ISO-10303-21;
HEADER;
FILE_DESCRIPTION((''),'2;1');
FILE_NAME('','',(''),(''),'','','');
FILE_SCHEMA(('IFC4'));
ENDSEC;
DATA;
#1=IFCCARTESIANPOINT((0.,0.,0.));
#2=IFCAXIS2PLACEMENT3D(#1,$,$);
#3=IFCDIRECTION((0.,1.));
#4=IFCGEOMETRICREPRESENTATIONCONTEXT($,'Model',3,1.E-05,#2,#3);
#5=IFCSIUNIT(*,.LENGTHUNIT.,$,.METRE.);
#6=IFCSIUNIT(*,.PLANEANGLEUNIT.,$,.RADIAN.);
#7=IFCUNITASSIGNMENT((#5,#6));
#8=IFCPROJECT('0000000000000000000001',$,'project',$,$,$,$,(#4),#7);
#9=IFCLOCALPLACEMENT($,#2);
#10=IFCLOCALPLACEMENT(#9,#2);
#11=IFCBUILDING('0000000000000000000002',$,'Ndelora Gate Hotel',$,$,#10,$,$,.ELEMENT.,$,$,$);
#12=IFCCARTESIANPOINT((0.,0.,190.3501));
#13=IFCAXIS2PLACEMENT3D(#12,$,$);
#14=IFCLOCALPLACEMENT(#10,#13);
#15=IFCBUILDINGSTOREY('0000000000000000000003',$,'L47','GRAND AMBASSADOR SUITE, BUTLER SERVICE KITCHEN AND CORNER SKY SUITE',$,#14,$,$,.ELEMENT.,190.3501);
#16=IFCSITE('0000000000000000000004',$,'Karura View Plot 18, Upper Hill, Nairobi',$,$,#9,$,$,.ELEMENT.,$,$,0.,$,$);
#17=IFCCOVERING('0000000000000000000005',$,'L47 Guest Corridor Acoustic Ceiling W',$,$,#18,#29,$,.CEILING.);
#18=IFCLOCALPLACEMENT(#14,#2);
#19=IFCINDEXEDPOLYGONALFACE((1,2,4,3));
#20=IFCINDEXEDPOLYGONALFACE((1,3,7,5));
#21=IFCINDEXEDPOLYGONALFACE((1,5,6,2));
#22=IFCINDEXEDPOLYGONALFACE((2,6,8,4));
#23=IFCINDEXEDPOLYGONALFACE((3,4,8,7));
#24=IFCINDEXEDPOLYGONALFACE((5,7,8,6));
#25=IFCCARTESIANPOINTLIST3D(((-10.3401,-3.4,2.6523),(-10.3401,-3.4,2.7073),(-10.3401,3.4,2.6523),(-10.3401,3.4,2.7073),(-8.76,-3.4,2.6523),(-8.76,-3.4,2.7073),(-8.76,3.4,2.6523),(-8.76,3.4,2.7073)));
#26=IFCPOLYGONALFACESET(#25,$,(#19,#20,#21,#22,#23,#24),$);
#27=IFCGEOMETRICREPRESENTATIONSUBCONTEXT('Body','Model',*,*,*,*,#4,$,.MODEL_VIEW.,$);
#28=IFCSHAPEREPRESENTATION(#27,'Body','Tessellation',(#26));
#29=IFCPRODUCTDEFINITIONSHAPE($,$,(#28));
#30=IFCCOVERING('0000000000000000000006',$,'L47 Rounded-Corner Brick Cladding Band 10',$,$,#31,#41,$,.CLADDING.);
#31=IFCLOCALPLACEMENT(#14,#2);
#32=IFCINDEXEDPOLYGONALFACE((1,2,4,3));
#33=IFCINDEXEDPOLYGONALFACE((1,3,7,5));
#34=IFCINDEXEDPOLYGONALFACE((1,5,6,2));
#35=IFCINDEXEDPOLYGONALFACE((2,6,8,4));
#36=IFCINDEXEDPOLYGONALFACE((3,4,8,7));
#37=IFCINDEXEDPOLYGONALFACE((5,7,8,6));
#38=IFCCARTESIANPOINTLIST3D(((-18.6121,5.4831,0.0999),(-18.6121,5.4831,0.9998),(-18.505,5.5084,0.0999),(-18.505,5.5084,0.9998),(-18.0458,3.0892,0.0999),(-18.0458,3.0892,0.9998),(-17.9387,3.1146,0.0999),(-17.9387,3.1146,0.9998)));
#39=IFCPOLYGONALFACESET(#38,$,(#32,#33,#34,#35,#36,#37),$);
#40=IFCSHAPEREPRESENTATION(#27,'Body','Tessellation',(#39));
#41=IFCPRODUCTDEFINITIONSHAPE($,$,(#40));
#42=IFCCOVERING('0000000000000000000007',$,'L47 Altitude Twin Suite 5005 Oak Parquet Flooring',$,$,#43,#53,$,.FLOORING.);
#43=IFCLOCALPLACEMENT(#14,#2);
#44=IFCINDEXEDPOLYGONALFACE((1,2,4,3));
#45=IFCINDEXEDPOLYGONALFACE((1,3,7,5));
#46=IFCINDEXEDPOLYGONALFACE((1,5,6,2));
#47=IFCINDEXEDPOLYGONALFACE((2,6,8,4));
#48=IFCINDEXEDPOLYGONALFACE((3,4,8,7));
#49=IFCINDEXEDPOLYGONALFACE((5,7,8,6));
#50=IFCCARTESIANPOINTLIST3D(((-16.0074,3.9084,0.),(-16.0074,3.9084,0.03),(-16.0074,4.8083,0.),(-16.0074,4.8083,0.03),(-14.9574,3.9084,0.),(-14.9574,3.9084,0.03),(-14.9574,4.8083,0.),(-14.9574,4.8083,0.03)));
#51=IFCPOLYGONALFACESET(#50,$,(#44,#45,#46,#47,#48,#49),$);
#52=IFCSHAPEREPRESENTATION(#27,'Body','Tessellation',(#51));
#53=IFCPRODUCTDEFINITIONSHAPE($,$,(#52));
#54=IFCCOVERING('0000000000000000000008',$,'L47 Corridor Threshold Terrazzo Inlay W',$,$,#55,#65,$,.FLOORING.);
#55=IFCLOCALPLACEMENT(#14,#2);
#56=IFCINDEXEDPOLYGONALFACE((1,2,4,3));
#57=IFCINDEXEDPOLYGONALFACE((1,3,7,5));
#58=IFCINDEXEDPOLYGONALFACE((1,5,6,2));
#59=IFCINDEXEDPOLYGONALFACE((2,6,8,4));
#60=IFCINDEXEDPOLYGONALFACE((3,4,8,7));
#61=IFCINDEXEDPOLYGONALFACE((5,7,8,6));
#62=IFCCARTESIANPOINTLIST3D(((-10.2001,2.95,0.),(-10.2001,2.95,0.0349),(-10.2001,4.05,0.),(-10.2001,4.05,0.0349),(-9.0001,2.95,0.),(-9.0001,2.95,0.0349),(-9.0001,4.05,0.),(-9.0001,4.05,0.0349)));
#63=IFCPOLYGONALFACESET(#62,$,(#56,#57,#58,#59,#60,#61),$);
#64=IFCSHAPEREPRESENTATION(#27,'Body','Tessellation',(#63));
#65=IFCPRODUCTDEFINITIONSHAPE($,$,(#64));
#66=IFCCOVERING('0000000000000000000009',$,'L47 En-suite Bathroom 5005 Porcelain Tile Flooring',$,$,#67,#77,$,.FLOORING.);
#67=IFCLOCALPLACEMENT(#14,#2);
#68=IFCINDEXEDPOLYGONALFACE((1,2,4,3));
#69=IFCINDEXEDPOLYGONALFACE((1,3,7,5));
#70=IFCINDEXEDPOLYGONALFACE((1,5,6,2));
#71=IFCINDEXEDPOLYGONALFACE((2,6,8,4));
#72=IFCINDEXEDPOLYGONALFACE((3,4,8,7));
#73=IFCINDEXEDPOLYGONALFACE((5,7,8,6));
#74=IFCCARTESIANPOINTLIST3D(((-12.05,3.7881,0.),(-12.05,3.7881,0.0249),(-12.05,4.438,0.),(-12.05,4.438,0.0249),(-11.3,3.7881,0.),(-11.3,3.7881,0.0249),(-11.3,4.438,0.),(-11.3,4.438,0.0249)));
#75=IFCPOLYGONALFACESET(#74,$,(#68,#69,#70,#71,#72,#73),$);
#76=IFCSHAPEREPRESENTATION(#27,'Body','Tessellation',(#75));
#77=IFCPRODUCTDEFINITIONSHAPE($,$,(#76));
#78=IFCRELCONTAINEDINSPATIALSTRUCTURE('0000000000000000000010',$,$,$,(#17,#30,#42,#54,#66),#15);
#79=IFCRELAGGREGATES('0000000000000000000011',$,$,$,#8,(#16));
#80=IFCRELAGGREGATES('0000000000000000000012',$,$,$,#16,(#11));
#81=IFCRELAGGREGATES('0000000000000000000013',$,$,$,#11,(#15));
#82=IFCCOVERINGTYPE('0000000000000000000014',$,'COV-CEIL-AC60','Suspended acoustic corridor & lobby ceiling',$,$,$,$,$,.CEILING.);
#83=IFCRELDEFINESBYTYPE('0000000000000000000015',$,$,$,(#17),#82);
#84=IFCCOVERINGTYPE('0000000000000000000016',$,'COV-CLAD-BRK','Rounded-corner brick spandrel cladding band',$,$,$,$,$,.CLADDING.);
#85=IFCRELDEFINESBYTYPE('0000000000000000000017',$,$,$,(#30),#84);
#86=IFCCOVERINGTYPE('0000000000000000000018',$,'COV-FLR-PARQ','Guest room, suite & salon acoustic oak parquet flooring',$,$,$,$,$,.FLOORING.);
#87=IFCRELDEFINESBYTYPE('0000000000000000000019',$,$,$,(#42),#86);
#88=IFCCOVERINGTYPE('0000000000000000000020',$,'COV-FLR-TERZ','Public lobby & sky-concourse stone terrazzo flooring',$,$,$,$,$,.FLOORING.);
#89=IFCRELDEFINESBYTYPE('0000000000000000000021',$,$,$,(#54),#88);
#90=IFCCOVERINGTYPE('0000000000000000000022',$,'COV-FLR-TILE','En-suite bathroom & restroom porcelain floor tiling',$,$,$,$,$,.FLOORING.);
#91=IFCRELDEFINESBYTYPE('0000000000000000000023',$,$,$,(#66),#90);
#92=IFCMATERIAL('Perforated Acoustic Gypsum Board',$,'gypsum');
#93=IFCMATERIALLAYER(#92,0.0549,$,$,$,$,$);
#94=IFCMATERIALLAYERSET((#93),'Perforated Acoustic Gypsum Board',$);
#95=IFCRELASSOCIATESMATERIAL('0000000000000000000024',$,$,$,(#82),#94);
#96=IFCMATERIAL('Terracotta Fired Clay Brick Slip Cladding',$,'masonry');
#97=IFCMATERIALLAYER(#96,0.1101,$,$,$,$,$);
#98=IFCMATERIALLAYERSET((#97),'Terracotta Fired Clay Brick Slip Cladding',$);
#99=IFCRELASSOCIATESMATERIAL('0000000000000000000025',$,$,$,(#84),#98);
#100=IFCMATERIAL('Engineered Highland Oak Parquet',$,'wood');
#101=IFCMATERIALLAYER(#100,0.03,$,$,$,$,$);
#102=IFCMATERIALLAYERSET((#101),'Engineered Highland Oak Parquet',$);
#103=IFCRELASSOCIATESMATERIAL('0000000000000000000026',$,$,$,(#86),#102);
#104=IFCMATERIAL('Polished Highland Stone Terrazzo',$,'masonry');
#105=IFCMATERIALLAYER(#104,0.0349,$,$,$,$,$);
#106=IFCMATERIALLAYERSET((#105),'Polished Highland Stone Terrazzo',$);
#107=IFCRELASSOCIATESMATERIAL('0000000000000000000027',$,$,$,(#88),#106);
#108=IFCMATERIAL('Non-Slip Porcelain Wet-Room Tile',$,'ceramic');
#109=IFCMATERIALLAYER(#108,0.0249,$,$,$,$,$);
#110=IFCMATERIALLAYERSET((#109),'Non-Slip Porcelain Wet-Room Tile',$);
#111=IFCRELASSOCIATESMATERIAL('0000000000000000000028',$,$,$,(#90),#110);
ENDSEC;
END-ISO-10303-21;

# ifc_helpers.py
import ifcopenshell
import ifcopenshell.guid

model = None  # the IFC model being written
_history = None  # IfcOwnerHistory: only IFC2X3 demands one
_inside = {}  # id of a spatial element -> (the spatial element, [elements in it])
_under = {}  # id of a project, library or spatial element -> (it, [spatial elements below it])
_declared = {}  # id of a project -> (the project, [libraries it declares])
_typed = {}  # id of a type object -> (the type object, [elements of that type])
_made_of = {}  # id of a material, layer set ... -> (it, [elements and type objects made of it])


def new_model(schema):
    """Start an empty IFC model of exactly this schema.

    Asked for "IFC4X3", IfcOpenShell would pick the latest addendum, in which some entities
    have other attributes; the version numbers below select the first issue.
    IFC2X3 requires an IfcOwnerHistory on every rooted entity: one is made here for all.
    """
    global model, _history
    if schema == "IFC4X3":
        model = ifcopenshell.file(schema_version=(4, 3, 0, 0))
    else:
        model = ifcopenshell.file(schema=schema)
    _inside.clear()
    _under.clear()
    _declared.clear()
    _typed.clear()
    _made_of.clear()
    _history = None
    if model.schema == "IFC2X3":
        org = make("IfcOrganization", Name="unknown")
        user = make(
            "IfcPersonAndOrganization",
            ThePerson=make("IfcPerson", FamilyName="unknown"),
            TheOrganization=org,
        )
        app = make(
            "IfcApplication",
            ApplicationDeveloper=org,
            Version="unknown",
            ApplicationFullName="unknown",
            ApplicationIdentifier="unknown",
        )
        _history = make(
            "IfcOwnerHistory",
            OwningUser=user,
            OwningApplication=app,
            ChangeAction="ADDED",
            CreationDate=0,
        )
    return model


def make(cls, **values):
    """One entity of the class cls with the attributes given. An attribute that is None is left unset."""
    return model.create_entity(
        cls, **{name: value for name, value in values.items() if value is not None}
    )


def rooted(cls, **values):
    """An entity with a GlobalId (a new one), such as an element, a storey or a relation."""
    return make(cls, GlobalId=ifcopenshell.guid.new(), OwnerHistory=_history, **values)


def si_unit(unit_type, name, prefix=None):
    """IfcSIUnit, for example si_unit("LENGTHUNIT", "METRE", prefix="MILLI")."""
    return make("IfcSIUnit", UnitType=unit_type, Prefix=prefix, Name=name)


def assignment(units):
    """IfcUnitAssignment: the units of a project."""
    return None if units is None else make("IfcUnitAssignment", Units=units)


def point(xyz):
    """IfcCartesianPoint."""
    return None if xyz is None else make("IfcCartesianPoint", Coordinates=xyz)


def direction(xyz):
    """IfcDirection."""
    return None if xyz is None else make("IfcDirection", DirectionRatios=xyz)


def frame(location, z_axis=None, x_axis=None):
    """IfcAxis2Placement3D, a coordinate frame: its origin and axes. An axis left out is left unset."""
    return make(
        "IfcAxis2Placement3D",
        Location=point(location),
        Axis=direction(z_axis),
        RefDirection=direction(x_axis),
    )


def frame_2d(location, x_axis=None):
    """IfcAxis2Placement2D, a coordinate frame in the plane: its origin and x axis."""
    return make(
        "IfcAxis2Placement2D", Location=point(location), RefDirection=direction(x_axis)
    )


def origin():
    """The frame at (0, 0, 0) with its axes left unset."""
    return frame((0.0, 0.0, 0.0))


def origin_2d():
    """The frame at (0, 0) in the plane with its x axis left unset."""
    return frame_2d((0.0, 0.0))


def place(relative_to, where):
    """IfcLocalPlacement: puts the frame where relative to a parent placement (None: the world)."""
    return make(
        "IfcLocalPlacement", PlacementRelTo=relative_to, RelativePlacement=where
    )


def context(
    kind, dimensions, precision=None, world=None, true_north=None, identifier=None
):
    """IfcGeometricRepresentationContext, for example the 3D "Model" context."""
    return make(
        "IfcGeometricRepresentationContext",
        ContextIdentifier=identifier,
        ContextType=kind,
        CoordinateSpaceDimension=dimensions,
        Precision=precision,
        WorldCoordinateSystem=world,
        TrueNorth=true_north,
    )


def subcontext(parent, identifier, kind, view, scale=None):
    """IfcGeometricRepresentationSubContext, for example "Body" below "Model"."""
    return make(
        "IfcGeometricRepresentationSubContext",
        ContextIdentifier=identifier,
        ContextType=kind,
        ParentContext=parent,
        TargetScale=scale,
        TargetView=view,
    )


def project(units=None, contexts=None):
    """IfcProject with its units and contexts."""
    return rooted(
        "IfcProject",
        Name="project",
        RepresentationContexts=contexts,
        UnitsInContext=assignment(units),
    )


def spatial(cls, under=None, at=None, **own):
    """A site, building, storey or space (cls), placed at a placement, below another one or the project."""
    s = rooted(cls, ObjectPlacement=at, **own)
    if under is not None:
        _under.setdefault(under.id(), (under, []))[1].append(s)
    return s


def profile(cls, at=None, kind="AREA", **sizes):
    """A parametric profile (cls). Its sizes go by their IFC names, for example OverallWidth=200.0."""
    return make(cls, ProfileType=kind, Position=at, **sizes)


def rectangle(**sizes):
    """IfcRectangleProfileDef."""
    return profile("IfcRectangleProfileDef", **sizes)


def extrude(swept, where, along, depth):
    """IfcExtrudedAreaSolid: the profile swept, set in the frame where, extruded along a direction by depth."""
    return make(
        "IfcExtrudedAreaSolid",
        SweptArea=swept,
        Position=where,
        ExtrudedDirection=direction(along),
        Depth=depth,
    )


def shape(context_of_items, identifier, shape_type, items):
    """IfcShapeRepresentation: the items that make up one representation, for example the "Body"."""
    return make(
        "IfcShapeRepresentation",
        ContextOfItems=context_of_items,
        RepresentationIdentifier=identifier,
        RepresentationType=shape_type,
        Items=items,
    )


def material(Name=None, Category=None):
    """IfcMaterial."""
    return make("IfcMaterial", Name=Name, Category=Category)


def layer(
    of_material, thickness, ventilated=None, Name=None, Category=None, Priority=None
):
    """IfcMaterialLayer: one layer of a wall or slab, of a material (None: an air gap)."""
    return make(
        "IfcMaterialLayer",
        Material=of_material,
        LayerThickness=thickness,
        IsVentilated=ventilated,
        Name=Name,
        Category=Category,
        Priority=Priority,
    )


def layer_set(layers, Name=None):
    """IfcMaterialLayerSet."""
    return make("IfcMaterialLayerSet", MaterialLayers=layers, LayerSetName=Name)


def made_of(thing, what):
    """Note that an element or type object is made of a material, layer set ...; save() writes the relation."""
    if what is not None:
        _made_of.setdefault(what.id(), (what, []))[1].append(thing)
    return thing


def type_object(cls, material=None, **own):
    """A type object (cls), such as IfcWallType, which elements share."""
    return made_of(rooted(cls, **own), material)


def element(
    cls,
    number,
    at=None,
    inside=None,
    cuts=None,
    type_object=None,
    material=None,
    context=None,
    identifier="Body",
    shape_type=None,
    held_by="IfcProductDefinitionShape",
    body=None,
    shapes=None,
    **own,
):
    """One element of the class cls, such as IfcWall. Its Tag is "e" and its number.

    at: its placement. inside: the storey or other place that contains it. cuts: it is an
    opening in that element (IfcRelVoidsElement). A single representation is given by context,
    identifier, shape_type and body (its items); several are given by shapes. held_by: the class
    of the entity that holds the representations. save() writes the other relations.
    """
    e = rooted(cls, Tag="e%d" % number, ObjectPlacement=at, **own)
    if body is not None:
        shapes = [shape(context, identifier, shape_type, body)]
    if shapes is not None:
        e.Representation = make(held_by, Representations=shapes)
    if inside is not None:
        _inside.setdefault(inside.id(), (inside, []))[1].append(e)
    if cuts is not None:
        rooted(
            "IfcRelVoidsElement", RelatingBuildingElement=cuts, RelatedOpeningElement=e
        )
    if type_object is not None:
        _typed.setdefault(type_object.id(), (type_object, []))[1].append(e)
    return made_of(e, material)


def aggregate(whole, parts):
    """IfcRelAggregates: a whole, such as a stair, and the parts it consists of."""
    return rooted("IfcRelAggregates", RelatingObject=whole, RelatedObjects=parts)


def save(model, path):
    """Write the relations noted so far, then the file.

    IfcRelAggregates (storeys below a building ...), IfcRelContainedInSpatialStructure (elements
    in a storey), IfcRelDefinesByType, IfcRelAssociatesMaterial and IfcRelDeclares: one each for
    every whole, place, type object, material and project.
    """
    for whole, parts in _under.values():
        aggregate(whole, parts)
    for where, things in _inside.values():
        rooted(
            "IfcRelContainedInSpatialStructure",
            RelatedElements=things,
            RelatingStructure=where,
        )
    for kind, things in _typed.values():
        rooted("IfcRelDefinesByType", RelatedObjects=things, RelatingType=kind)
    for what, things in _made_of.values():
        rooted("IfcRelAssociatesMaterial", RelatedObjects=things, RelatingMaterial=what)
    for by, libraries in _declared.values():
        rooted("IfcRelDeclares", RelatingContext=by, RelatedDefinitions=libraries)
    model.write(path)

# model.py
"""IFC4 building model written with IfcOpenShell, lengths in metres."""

from ifc_helpers import new_model, si_unit, direction, frame, origin, origin_2d, place, context, subcontext, project, spatial, rectangle, extrude, material, layer, layer_set, type_object, element, save


model = new_model("IFC4")

# Units and contexts
model_context = context("Model", 3, precision=1e-05, world=origin(), true_north=direction((0.0, 1.0)))
body_context = subcontext(model_context, "Body", "Model", "MODEL_VIEW")
ifc_project = project(units=[si_unit("LENGTHUNIT", "METRE"), si_unit("PLANEANGLEUNIT", "RADIAN")], contexts=[model_context])

# Site, building, storey
site_placement = place(None, origin())
site = spatial("IfcSite", under=ifc_project, at=site_placement, Name="Karura View Plot 18, Upper Hill, Nairobi", CompositionType="ELEMENT", RefElevation=0.0)
building_placement = place(site_placement, origin())
building = spatial("IfcBuilding", under=site, at=building_placement, Name="Ndelora Gate Hotel", CompositionType="ELEMENT")
storey_placement = place(building_placement, frame((0.0, 0.0, 190.3501)))
storey = spatial("IfcBuildingStorey", under=building, at=storey_placement, Name="L47", Description="GRAND AMBASSADOR SUITE, BUTLER SERVICE KITCHEN AND CORNER SKY SUITE", CompositionType="ELEMENT", Elevation=190.3501)

# Coverings
ifc_material_1 = material(Name="Perforated Acoustic Gypsum Board", Category="gypsum")
ifc_layer_1 = layer(ifc_material_1, 0.0549)
ifc_layer_set_1 = layer_set([ifc_layer_1], Name="Perforated Acoustic Gypsum Board")
covering_type_1 = type_object("IfcCoveringType", Name="COV-CEIL-AC60", Description="Suspended acoustic corridor & lobby ceiling", PredefinedType="CEILING", material=ifc_layer_set_1)
covering_1_placement = place(storey_placement, frame((-9.55, 0.0, 2.6523), z_axis=(0.0, 0.0, 1.0), x_axis=(1.0, 0.0, 0.0)))
element("IfcCovering", 1, at=covering_1_placement, inside=storey, type_object=covering_type_1, Name="L47 Guest Corridor Acoustic Ceiling W", PredefinedType="CEILING", context=body_context, shape_type="SweptSolid", body=[
    extrude(rectangle(XDim=1.5801, YDim=6.8, at=origin_2d()), origin(), (0.0, 0.0, 1.0), 0.0549),
])
ifc_material_2 = material(Name="Terracotta Fired Clay Brick Slip Cladding", Category="masonry")
ifc_layer_2 = layer(ifc_material_2, 0.1101)
ifc_layer_set_2 = layer_set([ifc_layer_2], Name="Terracotta Fired Clay Brick Slip Cladding")
covering_type_2 = type_object("IfcCoveringType", Name="COV-CLAD-BRK", Description="Rounded-corner brick spandrel cladding band", PredefinedType="CLADDING", material=ifc_layer_set_2)
covering_2_placement = place(storey_placement, frame((-18.2754, 4.2988, 0.0999), z_axis=(0.0, 0.0, 1.0), x_axis=(-0.23022, 0.973139, 0.0)))
element("IfcCovering", 2, at=covering_2_placement, inside=storey, type_object=covering_type_2, Name="L47 Rounded-Corner Brick Cladding Band 10", PredefinedType="CLADDING", context=body_context, shape_type="SweptSolid", body=[
    extrude(rectangle(XDim=2.46, YDim=0.1101, at=origin_2d()), origin(), (0.0, 0.0, 1.0), 0.8999),
])
ifc_material_3 = material(Name="Engineered Highland Oak Parquet", Category="wood")
ifc_layer_3 = layer(ifc_material_3, 0.03)
ifc_layer_set_3 = layer_set([ifc_layer_3], Name="Engineered Highland Oak Parquet")
covering_type_3 = type_object("IfcCoveringType", Name="COV-FLR-PARQ", Description="Guest room, suite & salon acoustic oak parquet flooring", PredefinedType="FLOORING", material=ifc_layer_set_3)
covering_3_placement = place(storey_placement, frame((-15.4824, 4.3584, 0.0), z_axis=(0.0, 0.0, 1.0), x_axis=(1.0, 0.0, 0.0)))
element("IfcCovering", 3, at=covering_3_placement, inside=storey, type_object=covering_type_3, Name="L47 Altitude Twin Suite 5005 Oak Parquet Flooring", PredefinedType="FLOORING", context=body_context, shape_type="SweptSolid", body=[
    extrude(rectangle(XDim=1.05, YDim=0.8999, at=origin_2d()), origin(), (0.0, 0.0, 1.0), 0.03),
])
ifc_material_4 = material(Name="Polished Highland Stone Terrazzo", Category="masonry")
ifc_layer_4 = layer(ifc_material_4, 0.0349)
ifc_layer_set_4 = layer_set([ifc_layer_4], Name="Polished Highland Stone Terrazzo")
covering_type_4 = type_object("IfcCoveringType", Name="COV-FLR-TERZ", Description="Public lobby & sky-concourse stone terrazzo flooring", PredefinedType="FLOORING", material=ifc_layer_set_4)
covering_4_placement = place(storey_placement, frame((-9.6001, 3.5, 0.0), z_axis=(0.0, 0.0, 1.0), x_axis=(1.0, 0.0, 0.0)))
element("IfcCovering", 4, at=covering_4_placement, inside=storey, type_object=covering_type_4, Name="L47 Corridor Threshold Terrazzo Inlay W", PredefinedType="FLOORING", context=body_context, shape_type="SweptSolid", body=[
    extrude(rectangle(XDim=1.2, YDim=1.1001, at=origin_2d()), origin(), (0.0, 0.0, 1.0), 0.0349),
])
ifc_material_5 = material(Name="Non-Slip Porcelain Wet-Room Tile", Category="ceramic")
ifc_layer_5 = layer(ifc_material_5, 0.0249)
ifc_layer_set_5 = layer_set([ifc_layer_5], Name="Non-Slip Porcelain Wet-Room Tile")
covering_type_5 = type_object("IfcCoveringType", Name="COV-FLR-TILE", Description="En-suite bathroom & restroom porcelain floor tiling", PredefinedType="FLOORING", material=ifc_layer_set_5)
covering_5_placement = place(storey_placement, frame((-11.675, 4.113, 0.0), z_axis=(0.0, 0.0, 1.0), x_axis=(1.0, 0.0, 0.0)))
element("IfcCovering", 5, at=covering_5_placement, inside=storey, type_object=covering_type_5, Name="L47 En-suite Bathroom 5005 Porcelain Tile Flooring", PredefinedType="FLOORING", context=body_context, shape_type="SweptSolid", body=[
    extrude(rectangle(XDim=0.75, YDim=0.6499, at=origin_2d()), origin(), (0.0, 0.0, 1.0), 0.0249),
])

save(model, "model.ifc")
